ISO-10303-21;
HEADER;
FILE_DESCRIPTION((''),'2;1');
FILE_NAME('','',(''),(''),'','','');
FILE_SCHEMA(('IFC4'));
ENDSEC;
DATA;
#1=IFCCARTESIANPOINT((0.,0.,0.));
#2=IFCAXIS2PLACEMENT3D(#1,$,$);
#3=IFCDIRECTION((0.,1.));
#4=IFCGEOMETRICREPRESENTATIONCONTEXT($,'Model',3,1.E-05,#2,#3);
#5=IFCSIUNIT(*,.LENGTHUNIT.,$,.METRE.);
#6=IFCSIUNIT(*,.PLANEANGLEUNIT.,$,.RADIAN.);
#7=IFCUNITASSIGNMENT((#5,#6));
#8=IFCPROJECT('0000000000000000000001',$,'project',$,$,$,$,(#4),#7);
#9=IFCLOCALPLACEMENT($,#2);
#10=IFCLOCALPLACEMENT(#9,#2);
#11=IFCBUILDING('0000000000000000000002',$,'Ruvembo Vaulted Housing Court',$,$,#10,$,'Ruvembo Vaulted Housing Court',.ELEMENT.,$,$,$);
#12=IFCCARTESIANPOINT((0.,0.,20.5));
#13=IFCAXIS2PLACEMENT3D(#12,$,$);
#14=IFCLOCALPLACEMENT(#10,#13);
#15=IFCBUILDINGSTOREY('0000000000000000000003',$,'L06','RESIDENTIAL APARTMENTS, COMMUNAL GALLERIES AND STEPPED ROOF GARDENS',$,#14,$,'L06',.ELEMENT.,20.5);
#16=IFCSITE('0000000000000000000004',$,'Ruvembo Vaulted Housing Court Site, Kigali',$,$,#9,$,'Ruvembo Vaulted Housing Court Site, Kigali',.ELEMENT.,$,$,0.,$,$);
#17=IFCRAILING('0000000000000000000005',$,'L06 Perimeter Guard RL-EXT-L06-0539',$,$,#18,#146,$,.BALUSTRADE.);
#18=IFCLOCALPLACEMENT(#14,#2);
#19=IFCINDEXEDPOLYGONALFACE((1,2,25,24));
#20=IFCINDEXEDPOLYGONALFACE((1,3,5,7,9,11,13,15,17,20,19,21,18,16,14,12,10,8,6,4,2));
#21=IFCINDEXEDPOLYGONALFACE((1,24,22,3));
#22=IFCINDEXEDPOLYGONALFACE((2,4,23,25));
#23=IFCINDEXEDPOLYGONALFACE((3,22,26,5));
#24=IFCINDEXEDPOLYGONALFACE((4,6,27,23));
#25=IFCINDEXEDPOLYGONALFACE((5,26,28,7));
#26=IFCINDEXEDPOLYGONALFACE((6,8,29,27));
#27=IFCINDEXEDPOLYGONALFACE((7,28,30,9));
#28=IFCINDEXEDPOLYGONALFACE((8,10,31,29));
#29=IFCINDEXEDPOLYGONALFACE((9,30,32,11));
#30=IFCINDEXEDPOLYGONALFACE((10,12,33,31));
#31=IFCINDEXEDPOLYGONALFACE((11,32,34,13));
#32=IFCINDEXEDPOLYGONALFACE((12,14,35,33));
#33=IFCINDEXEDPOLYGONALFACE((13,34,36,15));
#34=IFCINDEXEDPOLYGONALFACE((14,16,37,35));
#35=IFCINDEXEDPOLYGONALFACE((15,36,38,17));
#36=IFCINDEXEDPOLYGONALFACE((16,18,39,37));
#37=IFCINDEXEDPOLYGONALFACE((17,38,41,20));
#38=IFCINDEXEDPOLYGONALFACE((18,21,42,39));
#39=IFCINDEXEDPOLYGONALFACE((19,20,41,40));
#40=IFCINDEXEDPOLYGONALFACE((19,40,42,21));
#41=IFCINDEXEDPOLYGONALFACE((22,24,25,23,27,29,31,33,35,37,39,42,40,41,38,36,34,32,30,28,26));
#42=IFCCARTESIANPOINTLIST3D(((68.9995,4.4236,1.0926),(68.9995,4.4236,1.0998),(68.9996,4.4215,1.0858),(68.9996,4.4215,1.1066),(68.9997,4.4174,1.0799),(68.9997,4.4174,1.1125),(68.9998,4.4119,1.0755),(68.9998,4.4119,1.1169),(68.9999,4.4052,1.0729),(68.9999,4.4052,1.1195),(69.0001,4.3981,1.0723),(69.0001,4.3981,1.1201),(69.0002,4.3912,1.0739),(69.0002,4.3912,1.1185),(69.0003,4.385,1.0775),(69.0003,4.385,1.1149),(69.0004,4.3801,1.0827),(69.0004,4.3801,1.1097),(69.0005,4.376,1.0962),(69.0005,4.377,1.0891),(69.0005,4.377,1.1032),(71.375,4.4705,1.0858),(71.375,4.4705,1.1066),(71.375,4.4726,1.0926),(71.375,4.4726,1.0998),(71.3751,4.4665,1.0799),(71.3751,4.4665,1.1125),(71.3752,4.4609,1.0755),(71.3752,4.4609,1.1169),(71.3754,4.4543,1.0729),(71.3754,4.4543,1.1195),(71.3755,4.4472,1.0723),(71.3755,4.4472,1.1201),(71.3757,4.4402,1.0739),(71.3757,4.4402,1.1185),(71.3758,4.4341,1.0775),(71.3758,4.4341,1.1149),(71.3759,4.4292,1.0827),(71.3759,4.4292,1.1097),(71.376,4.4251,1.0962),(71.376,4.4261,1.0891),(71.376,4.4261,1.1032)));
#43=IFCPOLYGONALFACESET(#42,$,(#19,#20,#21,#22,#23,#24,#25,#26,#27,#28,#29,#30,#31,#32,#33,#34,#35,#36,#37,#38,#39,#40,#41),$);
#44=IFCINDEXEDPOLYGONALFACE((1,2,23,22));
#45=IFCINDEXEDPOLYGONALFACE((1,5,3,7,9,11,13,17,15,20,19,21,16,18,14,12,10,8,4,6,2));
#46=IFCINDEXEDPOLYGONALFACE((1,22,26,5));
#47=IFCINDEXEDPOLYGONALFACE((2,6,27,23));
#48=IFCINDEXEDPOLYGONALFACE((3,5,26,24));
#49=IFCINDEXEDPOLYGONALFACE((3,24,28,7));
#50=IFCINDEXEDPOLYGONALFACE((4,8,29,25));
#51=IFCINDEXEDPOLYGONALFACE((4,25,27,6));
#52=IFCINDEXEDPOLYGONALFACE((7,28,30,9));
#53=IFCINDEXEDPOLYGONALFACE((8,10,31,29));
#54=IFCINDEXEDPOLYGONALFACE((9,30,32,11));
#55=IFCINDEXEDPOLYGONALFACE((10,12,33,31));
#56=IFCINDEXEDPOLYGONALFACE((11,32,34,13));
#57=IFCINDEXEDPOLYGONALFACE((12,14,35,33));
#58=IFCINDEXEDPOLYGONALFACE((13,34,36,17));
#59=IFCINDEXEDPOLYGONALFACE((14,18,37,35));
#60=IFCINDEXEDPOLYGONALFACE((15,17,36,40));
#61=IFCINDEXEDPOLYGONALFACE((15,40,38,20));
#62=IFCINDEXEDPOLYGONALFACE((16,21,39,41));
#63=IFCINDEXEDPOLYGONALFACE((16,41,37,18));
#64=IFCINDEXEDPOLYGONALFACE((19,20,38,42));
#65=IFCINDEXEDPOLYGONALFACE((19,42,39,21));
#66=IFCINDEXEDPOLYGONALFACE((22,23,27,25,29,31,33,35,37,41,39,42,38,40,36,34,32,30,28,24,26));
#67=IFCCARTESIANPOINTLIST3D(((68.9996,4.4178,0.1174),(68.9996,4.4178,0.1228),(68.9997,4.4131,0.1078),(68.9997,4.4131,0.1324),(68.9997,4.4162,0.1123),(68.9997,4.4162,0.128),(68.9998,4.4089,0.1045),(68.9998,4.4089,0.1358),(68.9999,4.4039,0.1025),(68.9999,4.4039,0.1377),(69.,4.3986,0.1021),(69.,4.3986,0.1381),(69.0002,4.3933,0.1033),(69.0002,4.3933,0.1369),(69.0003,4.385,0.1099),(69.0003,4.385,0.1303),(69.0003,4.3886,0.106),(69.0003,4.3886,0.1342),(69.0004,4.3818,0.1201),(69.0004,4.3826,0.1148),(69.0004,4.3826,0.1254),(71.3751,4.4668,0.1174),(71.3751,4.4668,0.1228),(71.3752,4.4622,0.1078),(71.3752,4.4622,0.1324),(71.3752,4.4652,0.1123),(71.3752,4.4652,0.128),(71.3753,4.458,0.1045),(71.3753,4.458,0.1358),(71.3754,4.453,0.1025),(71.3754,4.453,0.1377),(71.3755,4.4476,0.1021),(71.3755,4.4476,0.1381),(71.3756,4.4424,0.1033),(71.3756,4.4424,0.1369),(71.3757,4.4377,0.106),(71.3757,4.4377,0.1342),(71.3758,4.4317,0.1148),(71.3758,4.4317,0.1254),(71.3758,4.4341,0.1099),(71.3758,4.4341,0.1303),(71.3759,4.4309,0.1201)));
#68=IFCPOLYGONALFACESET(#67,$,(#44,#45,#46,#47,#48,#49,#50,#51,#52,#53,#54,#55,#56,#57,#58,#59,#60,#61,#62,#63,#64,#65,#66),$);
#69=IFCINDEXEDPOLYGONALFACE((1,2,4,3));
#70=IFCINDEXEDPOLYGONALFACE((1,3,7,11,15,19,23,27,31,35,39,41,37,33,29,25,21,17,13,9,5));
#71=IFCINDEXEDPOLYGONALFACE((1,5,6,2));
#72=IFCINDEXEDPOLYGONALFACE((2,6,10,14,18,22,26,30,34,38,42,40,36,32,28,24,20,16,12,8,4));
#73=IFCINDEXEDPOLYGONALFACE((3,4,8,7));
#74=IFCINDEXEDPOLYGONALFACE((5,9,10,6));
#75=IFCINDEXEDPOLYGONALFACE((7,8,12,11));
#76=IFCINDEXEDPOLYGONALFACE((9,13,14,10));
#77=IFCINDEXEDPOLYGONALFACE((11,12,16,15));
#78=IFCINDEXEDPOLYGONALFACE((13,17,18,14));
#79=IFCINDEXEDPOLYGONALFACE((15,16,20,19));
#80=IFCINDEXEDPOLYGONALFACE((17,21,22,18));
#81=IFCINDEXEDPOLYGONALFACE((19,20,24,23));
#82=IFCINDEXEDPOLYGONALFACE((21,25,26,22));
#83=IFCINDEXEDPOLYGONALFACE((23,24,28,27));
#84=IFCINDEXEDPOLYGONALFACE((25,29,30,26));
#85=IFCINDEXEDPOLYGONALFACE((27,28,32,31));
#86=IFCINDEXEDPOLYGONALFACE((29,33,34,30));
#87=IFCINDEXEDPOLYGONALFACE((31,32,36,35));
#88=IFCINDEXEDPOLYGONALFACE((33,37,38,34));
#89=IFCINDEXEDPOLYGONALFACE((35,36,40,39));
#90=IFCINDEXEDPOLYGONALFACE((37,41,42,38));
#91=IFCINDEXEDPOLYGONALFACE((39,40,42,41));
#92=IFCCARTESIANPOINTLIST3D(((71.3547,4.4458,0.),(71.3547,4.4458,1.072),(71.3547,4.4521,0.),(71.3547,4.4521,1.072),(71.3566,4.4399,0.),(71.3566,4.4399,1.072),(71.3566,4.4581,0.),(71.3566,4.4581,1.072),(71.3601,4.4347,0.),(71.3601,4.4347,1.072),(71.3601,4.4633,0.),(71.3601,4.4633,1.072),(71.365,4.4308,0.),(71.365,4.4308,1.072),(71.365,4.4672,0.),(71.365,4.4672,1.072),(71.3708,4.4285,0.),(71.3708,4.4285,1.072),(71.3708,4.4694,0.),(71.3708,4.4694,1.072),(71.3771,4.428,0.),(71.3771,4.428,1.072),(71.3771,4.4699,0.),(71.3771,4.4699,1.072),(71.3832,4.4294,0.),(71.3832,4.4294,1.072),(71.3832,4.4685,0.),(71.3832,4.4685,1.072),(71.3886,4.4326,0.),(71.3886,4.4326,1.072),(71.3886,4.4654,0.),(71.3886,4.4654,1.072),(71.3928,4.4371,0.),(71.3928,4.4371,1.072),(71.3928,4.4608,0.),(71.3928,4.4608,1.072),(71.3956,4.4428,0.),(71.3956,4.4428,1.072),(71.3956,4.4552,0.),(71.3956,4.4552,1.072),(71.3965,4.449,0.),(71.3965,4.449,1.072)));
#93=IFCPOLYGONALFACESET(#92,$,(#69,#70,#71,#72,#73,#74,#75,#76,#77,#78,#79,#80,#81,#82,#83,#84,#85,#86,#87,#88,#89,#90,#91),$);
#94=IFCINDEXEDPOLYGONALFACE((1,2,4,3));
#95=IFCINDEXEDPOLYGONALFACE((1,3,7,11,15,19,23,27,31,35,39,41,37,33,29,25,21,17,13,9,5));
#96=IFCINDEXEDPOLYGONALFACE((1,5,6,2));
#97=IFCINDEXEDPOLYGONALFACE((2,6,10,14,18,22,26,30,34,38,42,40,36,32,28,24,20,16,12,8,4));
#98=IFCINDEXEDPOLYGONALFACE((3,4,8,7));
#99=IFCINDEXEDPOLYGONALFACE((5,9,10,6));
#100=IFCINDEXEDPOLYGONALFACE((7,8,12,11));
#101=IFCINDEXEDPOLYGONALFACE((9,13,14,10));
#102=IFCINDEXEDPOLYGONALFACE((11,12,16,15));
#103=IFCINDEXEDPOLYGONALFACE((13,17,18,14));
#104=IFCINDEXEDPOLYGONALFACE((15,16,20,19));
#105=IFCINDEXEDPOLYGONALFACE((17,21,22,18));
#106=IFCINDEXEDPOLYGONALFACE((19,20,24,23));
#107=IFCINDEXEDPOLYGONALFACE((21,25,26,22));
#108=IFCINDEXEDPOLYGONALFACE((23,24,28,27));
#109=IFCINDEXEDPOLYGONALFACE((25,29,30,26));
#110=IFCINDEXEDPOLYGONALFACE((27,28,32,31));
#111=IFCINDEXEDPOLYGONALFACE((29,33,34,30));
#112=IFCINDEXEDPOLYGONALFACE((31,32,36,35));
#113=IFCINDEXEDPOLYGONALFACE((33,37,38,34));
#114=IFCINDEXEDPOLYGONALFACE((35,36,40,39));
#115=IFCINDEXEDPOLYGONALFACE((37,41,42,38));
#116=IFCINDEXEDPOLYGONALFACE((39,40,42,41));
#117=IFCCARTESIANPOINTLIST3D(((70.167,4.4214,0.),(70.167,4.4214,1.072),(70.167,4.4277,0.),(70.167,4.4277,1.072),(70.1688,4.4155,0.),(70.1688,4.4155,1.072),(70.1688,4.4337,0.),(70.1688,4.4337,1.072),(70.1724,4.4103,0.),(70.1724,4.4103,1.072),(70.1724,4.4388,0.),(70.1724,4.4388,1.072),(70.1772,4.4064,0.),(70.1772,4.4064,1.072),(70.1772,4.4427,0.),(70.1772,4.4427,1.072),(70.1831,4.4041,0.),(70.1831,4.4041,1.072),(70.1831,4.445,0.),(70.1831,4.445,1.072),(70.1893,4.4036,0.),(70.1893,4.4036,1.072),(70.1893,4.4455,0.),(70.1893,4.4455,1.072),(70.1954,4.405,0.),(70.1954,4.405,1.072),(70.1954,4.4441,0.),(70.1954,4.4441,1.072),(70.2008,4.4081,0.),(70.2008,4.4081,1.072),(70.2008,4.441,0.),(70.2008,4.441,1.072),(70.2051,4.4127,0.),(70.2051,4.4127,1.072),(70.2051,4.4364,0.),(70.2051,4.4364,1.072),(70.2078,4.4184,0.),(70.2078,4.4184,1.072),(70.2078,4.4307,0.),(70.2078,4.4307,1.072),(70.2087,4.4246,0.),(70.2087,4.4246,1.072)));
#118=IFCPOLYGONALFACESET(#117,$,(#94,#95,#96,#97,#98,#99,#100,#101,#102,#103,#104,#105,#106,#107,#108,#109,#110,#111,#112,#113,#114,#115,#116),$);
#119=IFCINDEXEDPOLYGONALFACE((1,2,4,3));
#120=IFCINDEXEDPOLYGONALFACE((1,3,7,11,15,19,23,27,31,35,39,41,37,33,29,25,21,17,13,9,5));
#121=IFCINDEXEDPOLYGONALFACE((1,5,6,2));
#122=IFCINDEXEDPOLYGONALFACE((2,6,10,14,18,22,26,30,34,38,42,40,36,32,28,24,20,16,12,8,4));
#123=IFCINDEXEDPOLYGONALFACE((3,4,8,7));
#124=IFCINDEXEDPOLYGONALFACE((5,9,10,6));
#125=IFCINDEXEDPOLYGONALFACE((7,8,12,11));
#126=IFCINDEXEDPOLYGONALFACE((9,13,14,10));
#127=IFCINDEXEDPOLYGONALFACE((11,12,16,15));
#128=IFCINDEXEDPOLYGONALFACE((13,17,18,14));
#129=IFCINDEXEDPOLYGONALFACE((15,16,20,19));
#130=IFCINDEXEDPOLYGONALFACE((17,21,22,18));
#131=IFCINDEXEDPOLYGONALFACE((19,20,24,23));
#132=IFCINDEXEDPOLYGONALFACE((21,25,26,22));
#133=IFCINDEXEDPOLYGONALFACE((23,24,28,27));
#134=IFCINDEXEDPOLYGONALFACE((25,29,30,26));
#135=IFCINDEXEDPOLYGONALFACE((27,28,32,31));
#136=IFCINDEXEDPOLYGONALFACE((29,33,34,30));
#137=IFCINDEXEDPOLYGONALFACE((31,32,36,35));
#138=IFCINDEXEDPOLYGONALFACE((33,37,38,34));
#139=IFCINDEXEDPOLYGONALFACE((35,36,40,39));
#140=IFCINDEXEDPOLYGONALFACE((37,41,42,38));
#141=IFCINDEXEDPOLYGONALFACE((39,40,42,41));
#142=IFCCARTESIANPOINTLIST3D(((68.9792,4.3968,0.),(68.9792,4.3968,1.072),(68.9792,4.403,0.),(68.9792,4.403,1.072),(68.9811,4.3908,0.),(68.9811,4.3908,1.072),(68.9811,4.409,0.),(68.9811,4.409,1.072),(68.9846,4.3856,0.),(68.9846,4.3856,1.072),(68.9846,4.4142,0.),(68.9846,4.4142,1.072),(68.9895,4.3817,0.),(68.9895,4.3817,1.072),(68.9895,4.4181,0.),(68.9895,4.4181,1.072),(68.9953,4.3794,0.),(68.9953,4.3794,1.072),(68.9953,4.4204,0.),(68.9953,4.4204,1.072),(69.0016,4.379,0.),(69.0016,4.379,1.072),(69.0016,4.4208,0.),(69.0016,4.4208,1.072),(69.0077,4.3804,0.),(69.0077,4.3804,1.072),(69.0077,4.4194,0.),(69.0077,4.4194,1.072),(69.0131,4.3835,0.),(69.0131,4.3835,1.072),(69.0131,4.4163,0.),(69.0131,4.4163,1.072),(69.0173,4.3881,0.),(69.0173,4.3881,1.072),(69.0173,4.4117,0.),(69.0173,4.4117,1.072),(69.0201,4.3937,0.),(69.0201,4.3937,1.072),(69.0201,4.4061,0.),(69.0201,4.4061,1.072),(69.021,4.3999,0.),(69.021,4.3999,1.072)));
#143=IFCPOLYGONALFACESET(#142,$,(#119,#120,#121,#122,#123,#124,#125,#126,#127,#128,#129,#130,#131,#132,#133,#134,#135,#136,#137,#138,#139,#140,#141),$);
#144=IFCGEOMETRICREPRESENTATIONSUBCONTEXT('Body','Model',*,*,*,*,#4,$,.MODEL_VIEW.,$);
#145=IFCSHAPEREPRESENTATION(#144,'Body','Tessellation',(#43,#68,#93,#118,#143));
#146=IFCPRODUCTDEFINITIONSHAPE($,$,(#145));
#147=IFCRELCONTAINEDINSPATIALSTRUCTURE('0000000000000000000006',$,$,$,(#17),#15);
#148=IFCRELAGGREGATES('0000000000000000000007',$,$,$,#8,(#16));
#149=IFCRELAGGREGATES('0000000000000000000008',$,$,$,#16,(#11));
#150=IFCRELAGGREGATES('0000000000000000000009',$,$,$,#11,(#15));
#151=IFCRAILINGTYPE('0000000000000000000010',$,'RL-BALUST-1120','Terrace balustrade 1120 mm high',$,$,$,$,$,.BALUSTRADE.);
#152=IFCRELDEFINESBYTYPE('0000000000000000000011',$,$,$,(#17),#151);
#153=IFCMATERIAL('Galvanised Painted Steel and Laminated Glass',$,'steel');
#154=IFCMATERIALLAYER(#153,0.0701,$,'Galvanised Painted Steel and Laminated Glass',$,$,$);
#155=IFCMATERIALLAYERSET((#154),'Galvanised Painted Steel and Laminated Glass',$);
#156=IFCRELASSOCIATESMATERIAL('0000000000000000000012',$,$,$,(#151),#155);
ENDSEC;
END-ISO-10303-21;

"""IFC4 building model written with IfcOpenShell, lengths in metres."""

from ifc_helpers import new_model, si_unit, direction, frame, origin, origin_2d, place, context, subcontext, project, spatial, circle, extrude, material, layer, layer_set, type_object, element, save


model = new_model("IFC4")

# Units and contexts
model_context = context("Model", 3, precision=1e-05, world=origin(), true_north=direction((0.0, 1.0)))
body_context = subcontext(model_context, "Body", "Model", "MODEL_VIEW")
ifc_project = project(units=[si_unit("LENGTHUNIT", "METRE"), si_unit("PLANEANGLEUNIT", "RADIAN")], contexts=[model_context])

# Site, building, storey
site_placement = place(None, origin())
site = spatial("IfcSite", under=ifc_project, at=site_placement, Name="Ruvembo Vaulted Housing Court Site, Kigali", LongName="Ruvembo Vaulted Housing Court Site, Kigali", CompositionType="ELEMENT", RefElevation=0.0)
building_placement = place(site_placement, origin())
building = spatial("IfcBuilding", under=site, at=building_placement, Name="Ruvembo Vaulted Housing Court", LongName="Ruvembo Vaulted Housing Court", CompositionType="ELEMENT")
storey_placement = place(building_placement, frame((0.0, 0.0, 20.5)))
storey = spatial("IfcBuildingStorey", under=building, at=storey_placement, Name="L06", Description="RESIDENTIAL APARTMENTS, COMMUNAL GALLERIES AND STEPPED ROOF GARDENS", LongName="L06", CompositionType="ELEMENT", Elevation=20.5)

# Railing
ifc_material_1 = material(Name="Galvanised Painted Steel and Laminated Glass", Category="steel")
ifc_layer = layer(ifc_material_1, 0.0701, Name="Galvanised Painted Steel and Laminated Glass")
ifc_layer_set = layer_set([ifc_layer], Name="Galvanised Painted Steel and Laminated Glass")
railing_type = type_object("IfcRailingType", Name="RL-BALUST-1120", Description="Terrace balustrade 1120 mm high", PredefinedType="BALUSTRADE", material=ifc_layer_set)
railing_1_placement = place(storey_placement, frame((71.3755, 4.449, 0.0)))
element("IfcRailing", 1, at=railing_1_placement, inside=storey, type_object=railing_type, Name="L06 Perimeter Guard RL-EXT-L06-0539", PredefinedType="BALUSTRADE", context=body_context, shape_type="SweptSolid", body=[
    extrude(circle(Radius=0.0239, at=origin_2d()), frame((0.0, 0.0, 1.0962), z_axis=(-0.999787, -0.020653, 0.0), x_axis=(0.020653, -0.999787, 0.0)), (0.0, 0.0, 1.0), 2.376),
    extrude(circle(Radius=0.0181, at=origin_2d()), frame((0.0, 0.0, 0.1201), z_axis=(-0.999787, -0.020653, 0.0), x_axis=(0.020653, -0.999787, 0.0)), (0.0, 0.0, 1.0), 2.376),
    extrude(circle(Radius=0.021, at=origin_2d()), origin(), (0.0, 0.0, 1.0), 1.072),
    extrude(circle(Radius=0.021, at=origin_2d()), frame((-1.1877, -0.0244, 0.0)), (0.0, 0.0, 1.0), 1.072),
    extrude(circle(Radius=0.021, at=origin_2d()), frame((-2.3755, -0.0491, 0.0)), (0.0, 0.0, 1.0), 1.072),
])

save(model, "model.ifc")
